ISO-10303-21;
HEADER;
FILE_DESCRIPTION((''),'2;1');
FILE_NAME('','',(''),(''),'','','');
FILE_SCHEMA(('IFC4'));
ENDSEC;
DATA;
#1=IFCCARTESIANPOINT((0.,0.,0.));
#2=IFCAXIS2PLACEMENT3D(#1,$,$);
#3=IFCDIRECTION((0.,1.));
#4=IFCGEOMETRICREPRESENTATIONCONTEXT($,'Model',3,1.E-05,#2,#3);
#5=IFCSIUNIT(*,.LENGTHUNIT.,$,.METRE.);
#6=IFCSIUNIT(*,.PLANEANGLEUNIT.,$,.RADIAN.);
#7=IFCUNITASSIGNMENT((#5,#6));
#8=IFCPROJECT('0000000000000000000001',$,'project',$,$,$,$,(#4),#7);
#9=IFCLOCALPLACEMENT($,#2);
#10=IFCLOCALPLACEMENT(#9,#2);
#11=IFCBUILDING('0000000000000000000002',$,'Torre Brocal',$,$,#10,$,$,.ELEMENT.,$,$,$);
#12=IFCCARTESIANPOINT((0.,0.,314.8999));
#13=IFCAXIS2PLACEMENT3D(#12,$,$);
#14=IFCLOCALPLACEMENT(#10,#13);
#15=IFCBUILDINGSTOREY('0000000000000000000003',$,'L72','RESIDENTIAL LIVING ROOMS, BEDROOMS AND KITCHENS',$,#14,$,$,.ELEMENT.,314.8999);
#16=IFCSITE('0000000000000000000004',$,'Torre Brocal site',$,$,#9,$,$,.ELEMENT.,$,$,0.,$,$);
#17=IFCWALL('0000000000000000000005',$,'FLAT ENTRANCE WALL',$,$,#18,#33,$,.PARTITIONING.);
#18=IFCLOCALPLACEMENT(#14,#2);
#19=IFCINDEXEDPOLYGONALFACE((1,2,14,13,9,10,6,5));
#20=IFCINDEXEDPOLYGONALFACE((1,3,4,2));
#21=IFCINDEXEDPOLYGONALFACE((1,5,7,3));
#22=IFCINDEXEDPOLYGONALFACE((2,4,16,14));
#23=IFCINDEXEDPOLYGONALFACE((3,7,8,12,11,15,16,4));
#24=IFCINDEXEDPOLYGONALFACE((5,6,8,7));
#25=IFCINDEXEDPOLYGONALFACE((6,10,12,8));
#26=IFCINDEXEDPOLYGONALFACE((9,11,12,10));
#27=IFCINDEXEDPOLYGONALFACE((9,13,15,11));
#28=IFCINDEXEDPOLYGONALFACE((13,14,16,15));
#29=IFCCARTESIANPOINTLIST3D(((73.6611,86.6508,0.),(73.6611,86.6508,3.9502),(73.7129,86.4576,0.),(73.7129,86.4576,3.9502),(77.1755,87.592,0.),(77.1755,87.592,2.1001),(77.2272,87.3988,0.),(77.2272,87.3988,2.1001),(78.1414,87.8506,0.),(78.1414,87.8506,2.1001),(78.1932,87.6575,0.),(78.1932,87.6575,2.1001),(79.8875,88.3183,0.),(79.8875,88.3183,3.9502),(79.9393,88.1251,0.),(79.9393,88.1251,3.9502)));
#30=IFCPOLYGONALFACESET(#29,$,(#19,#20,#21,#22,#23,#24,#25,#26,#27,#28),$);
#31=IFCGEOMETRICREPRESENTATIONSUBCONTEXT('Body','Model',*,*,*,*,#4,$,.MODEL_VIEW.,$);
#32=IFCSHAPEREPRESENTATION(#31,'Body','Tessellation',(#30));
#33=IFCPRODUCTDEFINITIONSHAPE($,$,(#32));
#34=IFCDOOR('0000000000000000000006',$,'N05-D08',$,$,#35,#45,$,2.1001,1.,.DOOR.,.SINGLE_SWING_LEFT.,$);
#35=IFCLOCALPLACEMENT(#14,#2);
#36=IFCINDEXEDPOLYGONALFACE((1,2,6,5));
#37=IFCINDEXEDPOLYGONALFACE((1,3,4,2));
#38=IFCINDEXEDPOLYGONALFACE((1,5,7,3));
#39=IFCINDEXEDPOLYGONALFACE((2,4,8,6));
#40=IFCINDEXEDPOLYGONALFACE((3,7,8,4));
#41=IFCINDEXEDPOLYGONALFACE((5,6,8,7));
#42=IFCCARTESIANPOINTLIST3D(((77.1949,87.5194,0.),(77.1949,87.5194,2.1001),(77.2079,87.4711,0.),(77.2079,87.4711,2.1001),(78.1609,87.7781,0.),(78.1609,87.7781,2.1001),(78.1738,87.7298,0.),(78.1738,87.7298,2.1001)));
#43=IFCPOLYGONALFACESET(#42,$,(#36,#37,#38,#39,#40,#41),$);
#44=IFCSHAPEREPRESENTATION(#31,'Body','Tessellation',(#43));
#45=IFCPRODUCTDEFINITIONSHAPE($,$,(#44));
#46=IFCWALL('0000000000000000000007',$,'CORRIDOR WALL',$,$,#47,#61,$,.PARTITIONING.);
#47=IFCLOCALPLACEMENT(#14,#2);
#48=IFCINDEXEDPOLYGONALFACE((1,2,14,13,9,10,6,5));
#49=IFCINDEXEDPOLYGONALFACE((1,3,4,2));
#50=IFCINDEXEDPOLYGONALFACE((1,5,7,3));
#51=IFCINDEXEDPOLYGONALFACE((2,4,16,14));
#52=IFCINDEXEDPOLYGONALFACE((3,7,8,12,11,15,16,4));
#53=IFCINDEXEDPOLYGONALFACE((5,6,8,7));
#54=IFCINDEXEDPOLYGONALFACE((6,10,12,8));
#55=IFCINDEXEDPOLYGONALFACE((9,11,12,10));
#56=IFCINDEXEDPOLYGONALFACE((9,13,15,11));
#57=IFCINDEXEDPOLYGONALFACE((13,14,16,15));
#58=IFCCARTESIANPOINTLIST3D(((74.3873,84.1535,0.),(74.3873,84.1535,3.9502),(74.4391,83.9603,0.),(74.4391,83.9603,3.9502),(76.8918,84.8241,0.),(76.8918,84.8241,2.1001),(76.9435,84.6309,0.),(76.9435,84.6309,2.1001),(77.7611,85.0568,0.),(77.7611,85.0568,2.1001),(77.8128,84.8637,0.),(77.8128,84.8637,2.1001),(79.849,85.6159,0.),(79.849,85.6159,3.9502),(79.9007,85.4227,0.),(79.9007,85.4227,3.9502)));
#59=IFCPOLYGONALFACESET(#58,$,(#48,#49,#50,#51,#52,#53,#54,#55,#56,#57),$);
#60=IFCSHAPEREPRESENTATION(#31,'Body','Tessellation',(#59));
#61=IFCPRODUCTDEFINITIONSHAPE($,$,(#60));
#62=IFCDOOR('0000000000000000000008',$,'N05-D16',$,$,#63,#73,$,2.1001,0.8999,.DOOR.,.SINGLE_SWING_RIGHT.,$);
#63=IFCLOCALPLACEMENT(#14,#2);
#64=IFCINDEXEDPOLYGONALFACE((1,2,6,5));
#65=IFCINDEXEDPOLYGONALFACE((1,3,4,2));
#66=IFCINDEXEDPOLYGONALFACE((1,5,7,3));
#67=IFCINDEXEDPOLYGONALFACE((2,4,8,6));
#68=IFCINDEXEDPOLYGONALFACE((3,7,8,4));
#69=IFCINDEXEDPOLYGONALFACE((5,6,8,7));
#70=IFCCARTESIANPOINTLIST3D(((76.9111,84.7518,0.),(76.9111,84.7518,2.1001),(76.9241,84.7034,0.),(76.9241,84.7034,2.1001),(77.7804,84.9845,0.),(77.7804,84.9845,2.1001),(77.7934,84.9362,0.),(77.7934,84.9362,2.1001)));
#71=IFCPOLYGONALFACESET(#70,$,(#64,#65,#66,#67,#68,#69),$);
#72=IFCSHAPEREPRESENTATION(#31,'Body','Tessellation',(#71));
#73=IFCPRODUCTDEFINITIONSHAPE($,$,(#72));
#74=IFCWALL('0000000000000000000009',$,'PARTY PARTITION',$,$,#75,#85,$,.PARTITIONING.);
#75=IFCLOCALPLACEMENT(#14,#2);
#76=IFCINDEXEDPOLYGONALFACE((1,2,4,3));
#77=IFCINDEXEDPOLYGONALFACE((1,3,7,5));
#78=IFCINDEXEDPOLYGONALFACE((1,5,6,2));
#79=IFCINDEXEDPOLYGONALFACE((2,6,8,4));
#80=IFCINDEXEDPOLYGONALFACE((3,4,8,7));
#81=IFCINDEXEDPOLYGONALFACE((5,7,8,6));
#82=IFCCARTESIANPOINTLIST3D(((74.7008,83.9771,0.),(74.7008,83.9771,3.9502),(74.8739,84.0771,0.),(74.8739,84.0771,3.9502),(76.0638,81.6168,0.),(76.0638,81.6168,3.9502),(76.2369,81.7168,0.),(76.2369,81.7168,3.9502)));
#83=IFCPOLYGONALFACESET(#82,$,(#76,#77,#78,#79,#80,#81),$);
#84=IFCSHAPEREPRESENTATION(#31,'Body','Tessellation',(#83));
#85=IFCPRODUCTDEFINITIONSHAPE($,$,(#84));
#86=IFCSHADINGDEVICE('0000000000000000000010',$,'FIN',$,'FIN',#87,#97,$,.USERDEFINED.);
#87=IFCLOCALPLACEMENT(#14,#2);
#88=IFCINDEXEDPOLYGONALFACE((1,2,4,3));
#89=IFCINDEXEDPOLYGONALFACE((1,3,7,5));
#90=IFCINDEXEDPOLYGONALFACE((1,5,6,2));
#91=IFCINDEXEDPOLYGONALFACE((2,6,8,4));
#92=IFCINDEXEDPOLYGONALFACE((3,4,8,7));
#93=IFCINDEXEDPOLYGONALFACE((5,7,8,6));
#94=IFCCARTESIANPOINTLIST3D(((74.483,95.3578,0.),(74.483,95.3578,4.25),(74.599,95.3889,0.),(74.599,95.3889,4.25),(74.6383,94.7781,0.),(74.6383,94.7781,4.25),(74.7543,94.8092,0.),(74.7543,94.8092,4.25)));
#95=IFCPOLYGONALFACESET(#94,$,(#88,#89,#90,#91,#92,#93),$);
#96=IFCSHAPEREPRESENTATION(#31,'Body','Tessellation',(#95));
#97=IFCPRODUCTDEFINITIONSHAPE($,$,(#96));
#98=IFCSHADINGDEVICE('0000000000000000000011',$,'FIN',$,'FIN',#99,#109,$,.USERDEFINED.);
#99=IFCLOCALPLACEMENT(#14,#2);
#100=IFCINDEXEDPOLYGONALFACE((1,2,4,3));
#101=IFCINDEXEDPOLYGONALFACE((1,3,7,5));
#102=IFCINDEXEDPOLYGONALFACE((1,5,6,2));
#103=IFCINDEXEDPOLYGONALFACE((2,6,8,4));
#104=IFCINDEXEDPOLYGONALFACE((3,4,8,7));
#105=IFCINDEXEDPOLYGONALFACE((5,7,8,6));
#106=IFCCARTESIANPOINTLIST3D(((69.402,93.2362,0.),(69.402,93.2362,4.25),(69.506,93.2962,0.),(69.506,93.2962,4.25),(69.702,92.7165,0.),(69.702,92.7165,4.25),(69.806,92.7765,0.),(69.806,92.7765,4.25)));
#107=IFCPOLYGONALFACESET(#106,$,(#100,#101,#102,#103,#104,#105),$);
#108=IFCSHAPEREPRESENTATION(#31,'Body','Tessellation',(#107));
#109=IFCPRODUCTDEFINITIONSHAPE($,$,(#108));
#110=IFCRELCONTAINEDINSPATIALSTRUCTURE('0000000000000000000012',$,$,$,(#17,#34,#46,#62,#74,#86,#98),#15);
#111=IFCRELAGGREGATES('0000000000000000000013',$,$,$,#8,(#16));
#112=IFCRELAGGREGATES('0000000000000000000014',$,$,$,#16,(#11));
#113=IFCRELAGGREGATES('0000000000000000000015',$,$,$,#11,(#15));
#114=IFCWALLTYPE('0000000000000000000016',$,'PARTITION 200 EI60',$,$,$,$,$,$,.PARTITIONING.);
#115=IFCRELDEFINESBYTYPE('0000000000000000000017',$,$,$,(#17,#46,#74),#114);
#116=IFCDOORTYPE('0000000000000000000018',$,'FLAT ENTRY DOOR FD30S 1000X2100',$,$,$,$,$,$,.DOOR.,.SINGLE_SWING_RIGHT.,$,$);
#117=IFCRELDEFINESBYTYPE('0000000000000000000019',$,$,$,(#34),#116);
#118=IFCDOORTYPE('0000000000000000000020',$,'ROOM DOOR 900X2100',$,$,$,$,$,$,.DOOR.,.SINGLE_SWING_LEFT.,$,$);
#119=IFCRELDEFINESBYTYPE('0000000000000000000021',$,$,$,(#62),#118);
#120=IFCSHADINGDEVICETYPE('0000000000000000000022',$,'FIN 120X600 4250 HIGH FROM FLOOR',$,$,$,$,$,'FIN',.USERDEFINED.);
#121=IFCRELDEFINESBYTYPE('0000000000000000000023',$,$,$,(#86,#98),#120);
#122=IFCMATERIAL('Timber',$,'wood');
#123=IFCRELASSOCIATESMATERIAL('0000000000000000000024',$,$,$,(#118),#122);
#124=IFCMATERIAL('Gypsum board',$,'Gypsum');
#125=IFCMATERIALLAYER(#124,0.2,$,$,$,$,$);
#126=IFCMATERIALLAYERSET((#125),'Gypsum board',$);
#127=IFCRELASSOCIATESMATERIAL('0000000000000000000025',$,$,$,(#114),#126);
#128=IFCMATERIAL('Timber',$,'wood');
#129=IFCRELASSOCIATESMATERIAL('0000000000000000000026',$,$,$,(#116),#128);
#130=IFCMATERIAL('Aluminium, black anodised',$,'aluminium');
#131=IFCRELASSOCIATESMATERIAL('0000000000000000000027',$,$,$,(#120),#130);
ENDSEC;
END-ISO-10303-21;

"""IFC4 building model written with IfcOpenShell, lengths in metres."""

from ifc_helpers import new_model, si_unit, direction, frame, frame_2d, origin, origin_2d, place, context, subcontext, project, spatial, rectangle, extrude, material, layer, layer_set, material_profile, profile_set, type_object, element, fill, save


model = new_model("IFC4")

# Units and contexts
model_context = context("Model", 3, precision=1e-05, world=origin(), true_north=direction((0.0, 1.0)))
body_context = subcontext(model_context, "Body", "Model", "MODEL_VIEW")
ifc_project = project(units=[si_unit("LENGTHUNIT", "METRE"), si_unit("PLANEANGLEUNIT", "RADIAN")], contexts=[model_context])

# Site, building, storey
site_placement = place(None, origin())
site = spatial("IfcSite", under=ifc_project, at=site_placement, Name="Torre Brocal site", CompositionType="ELEMENT", RefElevation=0.0)
building_placement = place(site_placement, origin())
building = spatial("IfcBuilding", under=site, at=building_placement, Name="Torre Brocal", CompositionType="ELEMENT")
storey_placement = place(building_placement, frame((0.0, 0.0, 314.8999)))
storey = spatial("IfcBuildingStorey", under=building, at=storey_placement, Name="L72", Description="RESIDENTIAL LIVING ROOMS, BEDROOMS AND KITCHENS", CompositionType="ELEMENT", Elevation=314.8999)

# Shared definitions
ifc_material_1 = material(Name="Timber", Category="wood")
door_type_1 = type_object("IfcDoorType", Name="ROOM DOOR 900X2100", OperationType="SINGLE_SWING_LEFT", PredefinedType="DOOR", material=ifc_material_1)

# Walls, openings, doors
ifc_material_2 = material(Name="Gypsum board", Category="Gypsum")
ifc_layer_1 = layer(ifc_material_2, 0.2)
ifc_layer_set_1 = layer_set([ifc_layer_1], Name="Gypsum board")
wall_type_1 = type_object("IfcWallType", Name="PARTITION 200 EI60", PredefinedType="PARTITIONING", material=ifc_layer_set_1)
wall_1_placement = place(storey_placement, frame((73.687, 86.5542, 0.0), z_axis=(0.0, 0.0, 1.0), x_axis=(0.965959, 0.258695, 0.0)))
wall_1 = element("IfcWall", 1, at=wall_1_placement, inside=storey, type_object=wall_type_1, Name="FLAT ENTRANCE WALL", PredefinedType="PARTITIONING", context=body_context, shape_type="SweptSolid", body=[
    extrude(rectangle(XDim=6.4458, YDim=0.2, at=frame_2d((3.2229, 0.0))), origin(), (0.0, 0.0, 1.0), 3.9502),
])
opening_1_placement = place(wall_1_placement, frame((3.6382, 0.0, 0.0)))
opening_1 = element("IfcOpeningElement", 2, at=opening_1_placement, cuts=wall_1, PredefinedType="OPENING", context=body_context, shape_type="SweptSolid", body=[
    extrude(rectangle(XDim=1.0, YDim=2.1001, at=frame_2d((0.5, 1.05))), frame((0.0, 0.1099, 0.0), z_axis=(0.0, -1.0, 0.0), x_axis=(1.0, 0.0, 0.0)), (0.0, 0.0, 1.0), 0.22),
])
ifc_material_3 = material(Name="Timber", Category="wood")
door_type_2 = type_object("IfcDoorType", Name="FLAT ENTRY DOOR FD30S 1000X2100", OperationType="SINGLE_SWING_RIGHT", PredefinedType="DOOR", material=ifc_material_3)
door_1_placement = place(opening_1_placement, origin())
door_1 = element("IfcDoor", 3, at=door_1_placement, inside=storey, type_object=door_type_2, Name="N05-D08", OperationType="SINGLE_SWING_LEFT", OverallHeight=2.1001, OverallWidth=1.0, PredefinedType="DOOR", context=body_context, shape_type="SweptSolid", body=[
    extrude(rectangle(XDim=1.0, YDim=2.1001, at=frame_2d((0.5, 1.05))), frame((0.0, 0.0249, 0.0), z_axis=(0.0, -1.0, 0.0), x_axis=(1.0, 0.0, 0.0)), (0.0, 0.0, 1.0), 0.05),
])
fill(opening_1, door_1)
wall_2_placement = place(storey_placement, frame((74.4131, 84.0569, 0.0), z_axis=(0.0, 0.0, 1.0), x_axis=(0.965972, 0.258646, 0.0)))
wall_2 = element("IfcWall", 4, at=wall_2_placement, inside=storey, type_object=wall_type_1, Name="CORRIDOR WALL", PredefinedType="PARTITIONING", context=body_context, shape_type="SweptSolid", body=[
    extrude(rectangle(XDim=5.6541, YDim=0.2, at=frame_2d((2.8271, 0.0))), origin(), (0.0, 0.0, 1.0), 3.9502),
])
opening_2_placement = place(wall_2_placement, frame((2.5928, 0.0, 0.0)))
opening_2 = element("IfcOpeningElement", 5, at=opening_2_placement, cuts=wall_2, PredefinedType="OPENING", context=body_context, shape_type="SweptSolid", body=[
    extrude(rectangle(XDim=0.8999, YDim=2.1001, at=frame_2d((0.45, 1.05))), frame((0.0, 0.1099, 0.0), z_axis=(0.0, -1.0, 0.0), x_axis=(1.0, 0.0, 0.0)), (0.0, 0.0, 1.0), 0.22),
])
door_2_placement = place(opening_2_placement, frame((0.8999, 0.0, 0.0), z_axis=(0.0, 0.0, 1.0), x_axis=(-1.0, 0.0, 0.0)))
door_2 = element("IfcDoor", 6, at=door_2_placement, inside=storey, type_object=door_type_1, Name="N05-D16", OperationType="SINGLE_SWING_RIGHT", OverallHeight=2.1001, OverallWidth=0.8999, PredefinedType="DOOR", context=body_context, shape_type="SweptSolid", body=[
    extrude(rectangle(XDim=0.8999, YDim=2.1001, at=frame_2d((0.45, 1.05))), frame((0.0, 0.0249, 0.0), z_axis=(0.0, -1.0, 0.0), x_axis=(1.0, 0.0, 0.0)), (0.0, 0.0, 1.0), 0.05),
])
fill(opening_2, door_2)

# Wall
wall_3_placement = place(storey_placement, frame((74.7874, 84.0271, 0.0), z_axis=(0.0, 0.0, 1.0), x_axis=(0.500079, -0.86598, 0.0)))
element("IfcWall", 7, at=wall_3_placement, inside=storey, type_object=wall_type_1, Name="PARTY PARTITION", PredefinedType="PARTITIONING", context=body_context, shape_type="SweptSolid", body=[
    extrude(rectangle(XDim=2.7256, YDim=0.2, at=frame_2d((1.3628, 0.0))), origin(), (0.0, 0.0, 1.0), 3.9502),
])

# Shading devices
ifc_material_4 = material(Name="Aluminium, black anodised", Category="aluminium")
ifc_material_profile_1 = material_profile(ifc_material_4, rectangle(XDim=0.1201, YDim=0.6001, at=origin_2d()), Name="FIN 120X600 4250 HIGH FROM FLOOR")
ifc_profile_set_1 = profile_set([ifc_material_profile_1], Name="Aluminium, black anodised")
shading_device_type = type_object("IfcShadingDeviceType", Name="FIN 120X600 4250 HIGH FROM FLOOR", ElementType="FIN", PredefinedType="USERDEFINED", material=ifc_profile_set_1)
for number, where, z_axis, x_axis, name in (
    (8, (74.6187, 95.0835, 0.0), (0.0, 0.0, 1.0), (-0.965926, -0.258819, 0.0), "FIN"),
    (9, (69.604, 93.0063, 0.0), (0.0, 0.0, 1.0), (-0.866025, -0.5, 0.0), "FIN"),
):
    element("IfcShadingDevice", number, at=place(storey_placement, frame(where, z_axis=z_axis, x_axis=x_axis)), inside=storey, type_object=shading_device_type, Name=name, ObjectType="FIN", PredefinedType="USERDEFINED", context=body_context, shape_type="SweptSolid", body=[
        extrude(rectangle(XDim=0.1201, YDim=0.6001, at=origin_2d()), origin(), (0.0, 0.0, 1.0), 4.25),
    ])

save(model, "model.ifc")
